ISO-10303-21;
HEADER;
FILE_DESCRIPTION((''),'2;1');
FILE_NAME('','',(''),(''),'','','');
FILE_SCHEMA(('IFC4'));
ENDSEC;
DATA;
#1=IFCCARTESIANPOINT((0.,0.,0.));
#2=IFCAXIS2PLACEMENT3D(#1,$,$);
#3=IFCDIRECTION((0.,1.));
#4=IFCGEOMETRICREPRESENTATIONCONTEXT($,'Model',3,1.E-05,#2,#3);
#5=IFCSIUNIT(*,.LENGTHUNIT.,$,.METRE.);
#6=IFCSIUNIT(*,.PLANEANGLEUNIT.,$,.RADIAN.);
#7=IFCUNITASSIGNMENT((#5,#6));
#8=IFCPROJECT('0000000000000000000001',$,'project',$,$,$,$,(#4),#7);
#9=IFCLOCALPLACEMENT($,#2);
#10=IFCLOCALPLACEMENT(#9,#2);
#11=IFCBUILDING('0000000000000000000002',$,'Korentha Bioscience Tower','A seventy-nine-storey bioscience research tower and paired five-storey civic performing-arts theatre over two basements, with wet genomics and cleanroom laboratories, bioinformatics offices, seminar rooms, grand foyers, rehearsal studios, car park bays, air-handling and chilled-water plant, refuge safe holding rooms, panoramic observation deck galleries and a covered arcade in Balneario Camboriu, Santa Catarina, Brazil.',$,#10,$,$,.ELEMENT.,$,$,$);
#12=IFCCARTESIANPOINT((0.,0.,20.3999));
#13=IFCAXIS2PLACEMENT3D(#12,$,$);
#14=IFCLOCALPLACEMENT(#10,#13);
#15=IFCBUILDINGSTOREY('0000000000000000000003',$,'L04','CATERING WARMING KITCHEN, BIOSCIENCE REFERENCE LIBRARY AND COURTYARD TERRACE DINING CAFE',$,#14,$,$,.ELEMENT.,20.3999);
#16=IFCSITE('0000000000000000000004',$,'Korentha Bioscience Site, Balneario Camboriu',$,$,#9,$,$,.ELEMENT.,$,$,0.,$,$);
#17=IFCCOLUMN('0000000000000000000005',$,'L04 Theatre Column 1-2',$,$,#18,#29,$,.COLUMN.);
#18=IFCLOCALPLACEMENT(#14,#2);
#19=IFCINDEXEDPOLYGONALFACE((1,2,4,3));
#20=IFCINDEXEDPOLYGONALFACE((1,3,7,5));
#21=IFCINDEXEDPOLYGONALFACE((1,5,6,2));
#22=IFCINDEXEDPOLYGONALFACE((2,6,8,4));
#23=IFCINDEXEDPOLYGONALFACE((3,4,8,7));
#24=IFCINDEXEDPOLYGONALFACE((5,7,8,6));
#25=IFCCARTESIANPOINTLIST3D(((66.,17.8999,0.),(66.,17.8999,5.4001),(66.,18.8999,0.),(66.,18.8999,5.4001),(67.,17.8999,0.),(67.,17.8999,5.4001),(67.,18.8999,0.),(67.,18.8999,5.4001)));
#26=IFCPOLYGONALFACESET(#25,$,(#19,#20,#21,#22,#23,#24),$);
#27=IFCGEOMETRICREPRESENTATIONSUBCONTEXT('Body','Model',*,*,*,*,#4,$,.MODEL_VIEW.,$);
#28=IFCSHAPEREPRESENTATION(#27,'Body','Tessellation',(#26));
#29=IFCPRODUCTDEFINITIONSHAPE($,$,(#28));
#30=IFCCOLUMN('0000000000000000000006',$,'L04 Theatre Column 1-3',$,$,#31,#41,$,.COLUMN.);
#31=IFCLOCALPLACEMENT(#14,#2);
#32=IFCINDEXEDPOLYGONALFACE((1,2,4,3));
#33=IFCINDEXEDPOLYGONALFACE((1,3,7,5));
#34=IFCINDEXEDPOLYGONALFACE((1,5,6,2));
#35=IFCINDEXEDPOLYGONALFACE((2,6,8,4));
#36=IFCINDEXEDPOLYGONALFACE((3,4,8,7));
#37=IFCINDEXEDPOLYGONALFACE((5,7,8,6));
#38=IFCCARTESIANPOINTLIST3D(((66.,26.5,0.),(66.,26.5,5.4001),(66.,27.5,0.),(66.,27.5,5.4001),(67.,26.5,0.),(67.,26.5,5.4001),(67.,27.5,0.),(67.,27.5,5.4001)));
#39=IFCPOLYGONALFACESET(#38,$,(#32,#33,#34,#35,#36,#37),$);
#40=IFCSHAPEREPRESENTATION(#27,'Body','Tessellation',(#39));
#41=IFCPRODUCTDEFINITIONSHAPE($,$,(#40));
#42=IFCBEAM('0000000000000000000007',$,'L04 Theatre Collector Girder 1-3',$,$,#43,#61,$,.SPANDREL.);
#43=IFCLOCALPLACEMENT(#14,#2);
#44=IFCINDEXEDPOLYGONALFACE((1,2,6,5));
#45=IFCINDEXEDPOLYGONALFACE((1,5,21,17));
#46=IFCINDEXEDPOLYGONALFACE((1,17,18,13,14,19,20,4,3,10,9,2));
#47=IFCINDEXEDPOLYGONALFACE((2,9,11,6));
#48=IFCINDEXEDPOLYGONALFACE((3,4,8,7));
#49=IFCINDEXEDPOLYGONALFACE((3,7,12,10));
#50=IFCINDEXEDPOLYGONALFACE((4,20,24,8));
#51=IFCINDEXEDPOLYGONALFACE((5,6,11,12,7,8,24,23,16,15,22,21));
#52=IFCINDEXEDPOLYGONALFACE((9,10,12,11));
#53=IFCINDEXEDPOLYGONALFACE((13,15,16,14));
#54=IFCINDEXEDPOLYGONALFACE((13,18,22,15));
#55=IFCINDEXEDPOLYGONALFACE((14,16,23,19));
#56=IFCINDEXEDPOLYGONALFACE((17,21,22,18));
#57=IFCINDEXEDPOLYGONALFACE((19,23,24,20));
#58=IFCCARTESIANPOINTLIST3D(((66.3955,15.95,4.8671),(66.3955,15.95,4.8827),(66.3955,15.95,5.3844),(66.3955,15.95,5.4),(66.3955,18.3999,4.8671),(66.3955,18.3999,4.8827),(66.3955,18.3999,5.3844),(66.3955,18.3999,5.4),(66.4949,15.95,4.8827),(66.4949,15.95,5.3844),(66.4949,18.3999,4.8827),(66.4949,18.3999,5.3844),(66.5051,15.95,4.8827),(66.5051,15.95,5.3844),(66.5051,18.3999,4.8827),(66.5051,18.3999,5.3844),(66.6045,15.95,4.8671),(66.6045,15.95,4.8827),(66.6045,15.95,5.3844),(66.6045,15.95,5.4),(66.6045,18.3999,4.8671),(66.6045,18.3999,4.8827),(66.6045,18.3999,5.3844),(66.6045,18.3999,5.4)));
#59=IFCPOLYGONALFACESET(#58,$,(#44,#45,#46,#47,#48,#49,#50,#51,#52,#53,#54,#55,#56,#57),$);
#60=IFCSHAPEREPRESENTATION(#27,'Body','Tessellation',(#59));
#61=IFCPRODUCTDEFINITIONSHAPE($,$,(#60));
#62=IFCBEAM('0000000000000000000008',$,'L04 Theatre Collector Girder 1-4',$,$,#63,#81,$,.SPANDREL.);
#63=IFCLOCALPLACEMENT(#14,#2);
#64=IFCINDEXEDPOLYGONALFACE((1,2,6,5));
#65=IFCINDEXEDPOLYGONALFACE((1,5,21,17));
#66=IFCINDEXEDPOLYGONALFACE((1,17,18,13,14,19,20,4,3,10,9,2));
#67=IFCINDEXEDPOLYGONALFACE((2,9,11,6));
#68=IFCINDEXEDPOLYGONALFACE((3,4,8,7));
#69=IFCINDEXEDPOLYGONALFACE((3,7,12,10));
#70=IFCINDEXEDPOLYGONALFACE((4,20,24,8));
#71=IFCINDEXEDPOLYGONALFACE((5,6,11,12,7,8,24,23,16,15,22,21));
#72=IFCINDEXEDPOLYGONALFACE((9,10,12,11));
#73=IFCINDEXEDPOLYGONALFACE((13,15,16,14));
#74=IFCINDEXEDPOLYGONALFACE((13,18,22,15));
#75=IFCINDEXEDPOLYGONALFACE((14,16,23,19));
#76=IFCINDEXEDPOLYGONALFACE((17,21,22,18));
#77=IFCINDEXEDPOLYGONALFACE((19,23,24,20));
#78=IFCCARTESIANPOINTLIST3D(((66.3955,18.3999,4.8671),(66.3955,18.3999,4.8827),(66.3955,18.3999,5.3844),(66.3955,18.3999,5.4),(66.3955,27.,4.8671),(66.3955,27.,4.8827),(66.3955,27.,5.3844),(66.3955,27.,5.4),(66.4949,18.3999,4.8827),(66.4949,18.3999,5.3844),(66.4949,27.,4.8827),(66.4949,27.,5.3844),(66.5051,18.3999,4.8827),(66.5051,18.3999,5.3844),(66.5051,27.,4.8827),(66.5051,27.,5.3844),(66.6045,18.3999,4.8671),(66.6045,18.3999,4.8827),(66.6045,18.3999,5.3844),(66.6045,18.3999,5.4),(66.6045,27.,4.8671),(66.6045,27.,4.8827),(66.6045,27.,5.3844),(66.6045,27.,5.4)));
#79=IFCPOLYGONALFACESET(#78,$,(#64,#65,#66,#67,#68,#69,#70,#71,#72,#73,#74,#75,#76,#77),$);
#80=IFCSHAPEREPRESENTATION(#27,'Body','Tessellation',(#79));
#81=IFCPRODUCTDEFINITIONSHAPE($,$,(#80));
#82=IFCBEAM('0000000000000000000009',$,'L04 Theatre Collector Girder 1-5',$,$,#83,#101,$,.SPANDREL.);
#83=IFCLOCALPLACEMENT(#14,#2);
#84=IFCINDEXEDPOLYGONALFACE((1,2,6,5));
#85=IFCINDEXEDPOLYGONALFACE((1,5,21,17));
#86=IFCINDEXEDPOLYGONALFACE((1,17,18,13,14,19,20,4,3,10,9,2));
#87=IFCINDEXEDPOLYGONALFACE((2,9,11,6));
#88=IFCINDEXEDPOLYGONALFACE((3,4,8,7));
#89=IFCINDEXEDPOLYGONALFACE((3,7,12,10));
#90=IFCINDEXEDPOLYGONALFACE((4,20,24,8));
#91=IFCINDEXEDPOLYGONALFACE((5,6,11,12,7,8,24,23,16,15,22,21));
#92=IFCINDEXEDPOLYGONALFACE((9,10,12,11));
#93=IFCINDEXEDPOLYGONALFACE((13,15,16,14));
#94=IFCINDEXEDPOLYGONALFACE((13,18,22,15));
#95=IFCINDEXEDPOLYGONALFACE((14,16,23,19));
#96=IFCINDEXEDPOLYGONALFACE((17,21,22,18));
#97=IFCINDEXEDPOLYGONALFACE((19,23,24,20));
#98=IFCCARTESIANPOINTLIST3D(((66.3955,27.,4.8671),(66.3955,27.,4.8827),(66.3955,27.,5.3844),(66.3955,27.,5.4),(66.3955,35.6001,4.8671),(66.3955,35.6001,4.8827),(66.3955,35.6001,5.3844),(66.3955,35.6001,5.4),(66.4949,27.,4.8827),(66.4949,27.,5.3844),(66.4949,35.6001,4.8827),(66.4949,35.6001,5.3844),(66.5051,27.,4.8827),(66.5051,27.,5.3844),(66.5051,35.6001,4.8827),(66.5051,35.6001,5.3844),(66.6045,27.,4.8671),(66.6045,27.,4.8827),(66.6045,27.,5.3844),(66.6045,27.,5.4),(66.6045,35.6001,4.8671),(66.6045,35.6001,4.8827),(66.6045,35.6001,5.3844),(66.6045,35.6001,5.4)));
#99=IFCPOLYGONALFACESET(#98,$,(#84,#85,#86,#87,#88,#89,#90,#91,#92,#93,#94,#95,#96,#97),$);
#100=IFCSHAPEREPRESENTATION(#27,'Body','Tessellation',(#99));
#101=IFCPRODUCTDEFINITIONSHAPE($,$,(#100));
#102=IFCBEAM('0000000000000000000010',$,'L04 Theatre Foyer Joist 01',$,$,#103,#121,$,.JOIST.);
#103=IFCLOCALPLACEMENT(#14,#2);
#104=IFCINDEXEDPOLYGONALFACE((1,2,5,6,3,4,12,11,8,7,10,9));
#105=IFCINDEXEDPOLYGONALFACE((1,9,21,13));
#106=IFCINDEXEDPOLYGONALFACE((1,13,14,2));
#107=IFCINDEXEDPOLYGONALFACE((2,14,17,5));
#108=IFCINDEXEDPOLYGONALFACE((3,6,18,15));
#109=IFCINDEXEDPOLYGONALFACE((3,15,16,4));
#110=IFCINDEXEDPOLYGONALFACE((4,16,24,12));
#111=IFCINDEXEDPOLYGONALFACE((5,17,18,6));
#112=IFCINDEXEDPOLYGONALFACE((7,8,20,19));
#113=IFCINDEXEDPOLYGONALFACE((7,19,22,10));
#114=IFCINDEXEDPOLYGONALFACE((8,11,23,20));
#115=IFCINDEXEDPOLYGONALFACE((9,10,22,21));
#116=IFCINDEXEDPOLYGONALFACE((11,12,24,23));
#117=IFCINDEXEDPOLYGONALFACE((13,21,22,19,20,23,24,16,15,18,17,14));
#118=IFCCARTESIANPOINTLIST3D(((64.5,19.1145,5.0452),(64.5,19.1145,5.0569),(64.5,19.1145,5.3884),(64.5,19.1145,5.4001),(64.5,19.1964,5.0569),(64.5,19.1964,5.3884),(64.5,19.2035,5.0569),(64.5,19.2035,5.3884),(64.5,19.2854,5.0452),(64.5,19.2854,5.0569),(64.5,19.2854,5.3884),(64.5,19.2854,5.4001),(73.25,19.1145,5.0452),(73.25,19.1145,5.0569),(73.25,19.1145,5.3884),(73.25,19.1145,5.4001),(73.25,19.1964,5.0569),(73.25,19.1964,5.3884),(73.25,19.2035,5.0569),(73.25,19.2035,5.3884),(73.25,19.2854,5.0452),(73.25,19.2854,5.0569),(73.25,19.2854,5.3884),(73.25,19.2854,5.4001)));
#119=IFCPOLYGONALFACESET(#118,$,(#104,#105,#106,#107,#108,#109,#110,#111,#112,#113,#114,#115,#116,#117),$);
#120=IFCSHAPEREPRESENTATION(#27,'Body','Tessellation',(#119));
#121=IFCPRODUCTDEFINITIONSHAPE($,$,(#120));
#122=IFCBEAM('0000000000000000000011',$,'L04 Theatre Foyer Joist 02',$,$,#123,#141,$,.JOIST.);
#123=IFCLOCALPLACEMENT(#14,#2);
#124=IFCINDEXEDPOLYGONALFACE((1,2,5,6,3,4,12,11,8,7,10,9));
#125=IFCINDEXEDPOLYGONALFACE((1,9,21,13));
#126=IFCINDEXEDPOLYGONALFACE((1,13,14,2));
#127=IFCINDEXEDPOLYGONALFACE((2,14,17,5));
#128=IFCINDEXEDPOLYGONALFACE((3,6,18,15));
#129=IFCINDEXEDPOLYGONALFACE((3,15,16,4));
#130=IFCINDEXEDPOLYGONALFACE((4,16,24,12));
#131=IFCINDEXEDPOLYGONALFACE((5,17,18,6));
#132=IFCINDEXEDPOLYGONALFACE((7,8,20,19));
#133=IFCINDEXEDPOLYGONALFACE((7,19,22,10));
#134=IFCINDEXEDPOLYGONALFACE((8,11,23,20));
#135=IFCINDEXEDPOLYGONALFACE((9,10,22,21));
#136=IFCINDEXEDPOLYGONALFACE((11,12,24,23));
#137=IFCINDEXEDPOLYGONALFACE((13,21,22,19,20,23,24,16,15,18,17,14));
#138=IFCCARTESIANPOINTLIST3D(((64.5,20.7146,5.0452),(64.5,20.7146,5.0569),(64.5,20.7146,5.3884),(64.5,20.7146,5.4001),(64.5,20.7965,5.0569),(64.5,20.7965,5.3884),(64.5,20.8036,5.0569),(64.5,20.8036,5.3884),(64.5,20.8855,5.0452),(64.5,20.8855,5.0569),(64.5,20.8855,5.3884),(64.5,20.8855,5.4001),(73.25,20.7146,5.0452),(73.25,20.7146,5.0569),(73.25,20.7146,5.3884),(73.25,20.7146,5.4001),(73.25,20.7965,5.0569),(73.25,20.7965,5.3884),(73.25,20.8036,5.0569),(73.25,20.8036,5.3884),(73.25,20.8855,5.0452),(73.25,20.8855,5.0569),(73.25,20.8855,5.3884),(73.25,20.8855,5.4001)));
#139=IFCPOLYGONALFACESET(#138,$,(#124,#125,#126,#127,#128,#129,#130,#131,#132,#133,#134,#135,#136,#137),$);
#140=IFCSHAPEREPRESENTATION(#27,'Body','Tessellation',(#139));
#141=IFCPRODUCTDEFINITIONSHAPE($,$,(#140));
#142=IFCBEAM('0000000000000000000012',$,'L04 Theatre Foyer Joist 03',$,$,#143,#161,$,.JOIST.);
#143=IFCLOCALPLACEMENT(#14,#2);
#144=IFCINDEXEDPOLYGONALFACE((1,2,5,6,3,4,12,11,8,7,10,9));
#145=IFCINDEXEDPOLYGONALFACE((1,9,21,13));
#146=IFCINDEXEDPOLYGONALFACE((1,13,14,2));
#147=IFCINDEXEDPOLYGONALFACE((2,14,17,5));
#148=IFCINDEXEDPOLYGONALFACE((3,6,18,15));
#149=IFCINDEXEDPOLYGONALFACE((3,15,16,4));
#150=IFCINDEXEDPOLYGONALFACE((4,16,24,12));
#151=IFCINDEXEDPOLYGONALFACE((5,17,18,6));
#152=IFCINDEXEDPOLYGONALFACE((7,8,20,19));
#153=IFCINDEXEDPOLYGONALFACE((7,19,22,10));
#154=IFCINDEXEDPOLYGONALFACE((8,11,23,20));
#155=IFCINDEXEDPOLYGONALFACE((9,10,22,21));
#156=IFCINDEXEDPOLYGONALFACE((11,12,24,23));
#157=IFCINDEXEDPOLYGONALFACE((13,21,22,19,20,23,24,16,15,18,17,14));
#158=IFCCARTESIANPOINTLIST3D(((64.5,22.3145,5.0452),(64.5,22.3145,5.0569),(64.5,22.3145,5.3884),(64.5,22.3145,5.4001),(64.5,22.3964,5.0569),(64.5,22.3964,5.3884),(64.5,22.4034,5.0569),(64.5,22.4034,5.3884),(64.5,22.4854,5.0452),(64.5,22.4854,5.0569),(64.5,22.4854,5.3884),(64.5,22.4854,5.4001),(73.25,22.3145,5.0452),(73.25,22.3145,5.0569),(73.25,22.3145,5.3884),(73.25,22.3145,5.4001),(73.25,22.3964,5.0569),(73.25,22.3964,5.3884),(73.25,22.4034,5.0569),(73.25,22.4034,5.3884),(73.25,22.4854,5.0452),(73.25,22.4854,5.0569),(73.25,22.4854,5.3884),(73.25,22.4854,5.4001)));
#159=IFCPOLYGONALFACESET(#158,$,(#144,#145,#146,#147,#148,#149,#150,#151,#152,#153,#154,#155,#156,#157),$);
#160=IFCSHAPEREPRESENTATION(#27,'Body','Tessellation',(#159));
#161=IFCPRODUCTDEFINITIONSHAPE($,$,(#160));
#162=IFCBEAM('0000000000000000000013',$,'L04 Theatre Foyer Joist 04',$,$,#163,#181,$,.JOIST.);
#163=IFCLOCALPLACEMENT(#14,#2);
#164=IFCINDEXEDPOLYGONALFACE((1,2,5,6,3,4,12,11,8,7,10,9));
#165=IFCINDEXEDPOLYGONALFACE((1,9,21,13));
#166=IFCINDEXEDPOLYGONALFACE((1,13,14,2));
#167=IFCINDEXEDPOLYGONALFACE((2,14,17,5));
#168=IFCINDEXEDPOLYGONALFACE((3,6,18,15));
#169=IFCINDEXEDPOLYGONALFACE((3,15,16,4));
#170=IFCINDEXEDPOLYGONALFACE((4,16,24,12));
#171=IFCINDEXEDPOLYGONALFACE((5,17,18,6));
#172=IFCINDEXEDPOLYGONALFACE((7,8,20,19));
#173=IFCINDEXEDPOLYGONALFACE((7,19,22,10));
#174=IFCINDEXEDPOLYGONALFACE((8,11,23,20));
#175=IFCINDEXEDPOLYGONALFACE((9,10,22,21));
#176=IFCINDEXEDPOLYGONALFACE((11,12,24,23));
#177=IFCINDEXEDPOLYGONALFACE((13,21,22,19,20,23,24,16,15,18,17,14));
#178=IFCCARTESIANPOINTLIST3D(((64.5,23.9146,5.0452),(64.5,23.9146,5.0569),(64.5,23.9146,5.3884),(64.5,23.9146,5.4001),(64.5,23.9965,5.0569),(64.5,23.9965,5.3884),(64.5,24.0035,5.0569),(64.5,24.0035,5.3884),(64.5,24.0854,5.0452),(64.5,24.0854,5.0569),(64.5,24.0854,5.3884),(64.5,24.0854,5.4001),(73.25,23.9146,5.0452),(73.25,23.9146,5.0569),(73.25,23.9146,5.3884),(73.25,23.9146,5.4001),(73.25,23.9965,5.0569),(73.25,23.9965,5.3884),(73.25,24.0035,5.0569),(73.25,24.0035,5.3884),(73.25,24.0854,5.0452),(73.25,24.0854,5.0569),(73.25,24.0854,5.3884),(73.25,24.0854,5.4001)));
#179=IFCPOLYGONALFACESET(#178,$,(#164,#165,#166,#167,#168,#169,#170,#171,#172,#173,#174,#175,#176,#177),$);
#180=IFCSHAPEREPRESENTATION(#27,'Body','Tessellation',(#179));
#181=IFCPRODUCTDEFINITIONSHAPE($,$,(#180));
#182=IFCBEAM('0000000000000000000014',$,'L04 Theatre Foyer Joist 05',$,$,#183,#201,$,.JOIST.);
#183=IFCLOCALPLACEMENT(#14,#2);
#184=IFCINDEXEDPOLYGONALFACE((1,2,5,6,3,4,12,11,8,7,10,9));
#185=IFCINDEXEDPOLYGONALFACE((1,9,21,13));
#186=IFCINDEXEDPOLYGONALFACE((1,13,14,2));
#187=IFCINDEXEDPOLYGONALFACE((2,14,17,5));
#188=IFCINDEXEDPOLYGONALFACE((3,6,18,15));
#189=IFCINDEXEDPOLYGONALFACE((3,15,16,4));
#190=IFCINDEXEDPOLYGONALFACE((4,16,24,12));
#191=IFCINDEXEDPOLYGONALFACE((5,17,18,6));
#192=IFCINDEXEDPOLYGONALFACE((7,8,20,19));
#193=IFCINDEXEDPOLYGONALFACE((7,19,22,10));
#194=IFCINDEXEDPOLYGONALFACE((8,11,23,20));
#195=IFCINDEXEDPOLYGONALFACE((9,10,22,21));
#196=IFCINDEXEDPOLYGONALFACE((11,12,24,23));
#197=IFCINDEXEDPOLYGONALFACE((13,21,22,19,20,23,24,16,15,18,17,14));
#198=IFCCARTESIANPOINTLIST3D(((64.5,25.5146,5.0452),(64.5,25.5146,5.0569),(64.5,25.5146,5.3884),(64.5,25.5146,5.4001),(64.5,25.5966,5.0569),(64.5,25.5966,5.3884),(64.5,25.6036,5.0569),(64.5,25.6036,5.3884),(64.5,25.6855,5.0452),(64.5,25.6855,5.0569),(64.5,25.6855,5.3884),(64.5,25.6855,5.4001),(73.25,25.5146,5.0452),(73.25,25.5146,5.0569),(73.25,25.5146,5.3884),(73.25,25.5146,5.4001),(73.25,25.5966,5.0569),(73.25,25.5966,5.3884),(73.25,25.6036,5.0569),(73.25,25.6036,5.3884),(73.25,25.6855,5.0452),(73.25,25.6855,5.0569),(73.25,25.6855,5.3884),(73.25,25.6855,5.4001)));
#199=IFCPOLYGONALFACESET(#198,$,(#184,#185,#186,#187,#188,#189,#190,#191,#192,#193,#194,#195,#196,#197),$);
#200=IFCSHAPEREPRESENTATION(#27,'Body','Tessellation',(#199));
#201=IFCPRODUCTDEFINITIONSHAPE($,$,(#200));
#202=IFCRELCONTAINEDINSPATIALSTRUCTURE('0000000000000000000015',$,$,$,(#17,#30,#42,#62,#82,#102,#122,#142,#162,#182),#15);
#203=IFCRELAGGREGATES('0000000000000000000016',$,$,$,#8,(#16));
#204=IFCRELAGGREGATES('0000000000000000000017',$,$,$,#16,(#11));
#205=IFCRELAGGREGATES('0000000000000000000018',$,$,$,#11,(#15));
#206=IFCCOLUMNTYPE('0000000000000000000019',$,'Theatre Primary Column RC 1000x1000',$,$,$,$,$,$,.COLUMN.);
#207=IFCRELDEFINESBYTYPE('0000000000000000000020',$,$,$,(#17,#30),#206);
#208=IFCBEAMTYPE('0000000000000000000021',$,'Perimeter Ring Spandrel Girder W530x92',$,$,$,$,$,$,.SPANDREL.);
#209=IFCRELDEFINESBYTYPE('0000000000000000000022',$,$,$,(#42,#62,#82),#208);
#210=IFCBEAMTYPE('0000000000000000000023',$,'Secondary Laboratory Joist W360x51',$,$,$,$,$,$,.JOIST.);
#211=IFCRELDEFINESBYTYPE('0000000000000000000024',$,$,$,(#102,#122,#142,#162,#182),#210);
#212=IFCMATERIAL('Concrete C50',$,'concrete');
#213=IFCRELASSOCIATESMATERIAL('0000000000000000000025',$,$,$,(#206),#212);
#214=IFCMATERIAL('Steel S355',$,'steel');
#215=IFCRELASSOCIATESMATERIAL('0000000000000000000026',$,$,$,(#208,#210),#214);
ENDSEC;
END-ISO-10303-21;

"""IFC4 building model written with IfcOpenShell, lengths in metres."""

from ifc_helpers import new_model, si_unit, direction, frame, origin, origin_2d, place, context, subcontext, project, spatial, rectangle, i_section, extrude, material, material_profile, profile_set, type_object, element, save


model = new_model("IFC4")

# Units and contexts
model_context = context("Model", 3, precision=1e-05, world=origin(), true_north=direction((0.0, 1.0)))
body_context = subcontext(model_context, "Body", "Model", "MODEL_VIEW")
ifc_project = project(units=[si_unit("LENGTHUNIT", "METRE"), si_unit("PLANEANGLEUNIT", "RADIAN")], contexts=[model_context])

# Site, building, storey
site_placement = place(None, origin())
site = spatial("IfcSite", under=ifc_project, at=site_placement, Name="Korentha Bioscience Site, Balneario Camboriu", CompositionType="ELEMENT", RefElevation=0.0)
building_placement = place(site_placement, origin())
building = spatial("IfcBuilding", under=site, at=building_placement, Name="Korentha Bioscience Tower", Description="A seventy-nine-storey bioscience research tower and paired five-storey civic performing-arts theatre over two basements, with wet genomics and cleanroom laboratories, bioinformatics offices, seminar rooms, grand foyers, rehearsal studios, car park bays, air-handling and chilled-water plant, refuge safe holding rooms, panoramic observation deck galleries and a covered arcade in Balneario Camboriu, Santa Catarina, Brazil.", CompositionType="ELEMENT")
storey_placement = place(building_placement, frame((0.0, 0.0, 20.3999)))
storey = spatial("IfcBuildingStorey", under=building, at=storey_placement, Name="L04", Description="CATERING WARMING KITCHEN, BIOSCIENCE REFERENCE LIBRARY AND COURTYARD TERRACE DINING CAFE", CompositionType="ELEMENT", Elevation=20.3999)

# Columns
ifc_material_1 = material(Name="Concrete C50", Category="concrete")
ifc_material_profile_1 = material_profile(ifc_material_1, rectangle(XDim=1.0, YDim=1.0, at=origin_2d()), Name="Concrete C50")
ifc_profile_set_1 = profile_set([ifc_material_profile_1], Name="Concrete C50 (TC-01)")
column_type = type_object("IfcColumnType", Name="Theatre Primary Column RC 1000x1000", PredefinedType="COLUMN", material=ifc_profile_set_1)
for number, where, z_axis, x_axis, name in (
    (1, (66.5, 18.3999, 0.0), (0.0, 0.0, 1.0), (1.0, 0.0, 0.0), "L04 Theatre Column 1-2"),
    (2, (66.5, 27.0, 0.0), (0.0, 0.0, 1.0), (1.0, 0.0, 0.0), "L04 Theatre Column 1-3"),
):
    element("IfcColumn", number, at=place(storey_placement, frame(where, z_axis=z_axis, x_axis=x_axis)), inside=storey, type_object=column_type, Name=name, PredefinedType="COLUMN", context=body_context, shape_type="SweptSolid", body=[
        extrude(rectangle(XDim=1.0, YDim=1.0, at=origin_2d()), origin(), (0.0, 0.0, 1.0), 5.4001),
    ])

# Beams
ifc_material_2 = material(Name="Steel S355", Category="steel")
ifc_material_profile_2 = material_profile(ifc_material_2, i_section(OverallWidth=0.209, OverallDepth=0.533, WebThickness=0.0103, FlangeThickness=0.0156, at=origin_2d()), Name="Steel S355")
ifc_profile_set_2 = profile_set([ifc_material_profile_2], Name="Steel S355 (SB-530)")
beam_type_1 = type_object("IfcBeamType", Name="Perimeter Ring Spandrel Girder W530x92", PredefinedType="SPANDREL", material=ifc_profile_set_2)
beam_placement = place(storey_placement, frame((66.5, 15.95, 5.1335), z_axis=(0.0, 1.0, 0.0), x_axis=(-1.0, 0.0, 0.0)))
element("IfcBeam", 3, at=beam_placement, inside=storey, type_object=beam_type_1, Name="L04 Theatre Collector Girder 1-3", PredefinedType="SPANDREL", context=body_context, shape_type="SweptSolid", body=[
    extrude(i_section(OverallWidth=0.209, OverallDepth=0.533, WebThickness=0.0103, FlangeThickness=0.0156, at=origin_2d()), origin(), (0.0, 0.0, 1.0), 2.45),
])
for number, where, z_axis, x_axis, name in (
    (4, (66.5, 18.3999, 5.1335), (0.0, 1.0, 0.0), (-1.0, 0.0, 0.0), "L04 Theatre Collector Girder 1-4"),
    (5, (66.5, 27.0, 5.1335), (0.0, 1.0, 0.0), (-1.0, 0.0, 0.0), "L04 Theatre Collector Girder 1-5"),
):
    element("IfcBeam", number, at=place(storey_placement, frame(where, z_axis=z_axis, x_axis=x_axis)), inside=storey, type_object=beam_type_1, Name=name, PredefinedType="SPANDREL", context=body_context, shape_type="SweptSolid", body=[
        extrude(i_section(OverallWidth=0.209, OverallDepth=0.533, WebThickness=0.0103, FlangeThickness=0.0156, at=origin_2d()), origin(), (0.0, 0.0, 1.0), 8.6001),
    ])
ifc_material_profile_3 = material_profile(ifc_material_2, i_section(OverallWidth=0.1709, OverallDepth=0.355, WebThickness=0.0071, FlangeThickness=0.0117, at=origin_2d()), Name="Steel S355")
ifc_profile_set_3 = profile_set([ifc_material_profile_3], Name="Steel S355 (JB-360)")
beam_type_2 = type_object("IfcBeamType", Name="Secondary Laboratory Joist W360x51", PredefinedType="JOIST", material=ifc_profile_set_3)
for number, where, z_axis, x_axis, name in (
    (6, (64.5, 19.2, 5.2227), (1.0, 0.0, 0.0), (0.0, 1.0, 0.0), "L04 Theatre Foyer Joist 01"),
    (7, (64.5, 20.8, 5.2227), (1.0, 0.0, 0.0), (0.0, 1.0, 0.0), "L04 Theatre Foyer Joist 02"),
    (8, (64.5, 22.3999, 5.2227), (1.0, 0.0, 0.0), (0.0, 1.0, 0.0), "L04 Theatre Foyer Joist 03"),
    (9, (64.5, 24.0, 5.2227), (1.0, 0.0, 0.0), (0.0, 1.0, 0.0), "L04 Theatre Foyer Joist 04"),
    (10, (64.5, 25.6001, 5.2227), (1.0, 0.0, 0.0), (0.0, 1.0, 0.0), "L04 Theatre Foyer Joist 05"),
):
    element("IfcBeam", number, at=place(storey_placement, frame(where, z_axis=z_axis, x_axis=x_axis)), inside=storey, type_object=beam_type_2, Name=name, PredefinedType="JOIST", context=body_context, shape_type="SweptSolid", body=[
        extrude(i_section(OverallWidth=0.1709, OverallDepth=0.355, WebThickness=0.0071, FlangeThickness=0.0117, at=origin_2d()), origin(), (0.0, 0.0, 1.0), 8.75),
    ])

save(model, "model.ifc")
